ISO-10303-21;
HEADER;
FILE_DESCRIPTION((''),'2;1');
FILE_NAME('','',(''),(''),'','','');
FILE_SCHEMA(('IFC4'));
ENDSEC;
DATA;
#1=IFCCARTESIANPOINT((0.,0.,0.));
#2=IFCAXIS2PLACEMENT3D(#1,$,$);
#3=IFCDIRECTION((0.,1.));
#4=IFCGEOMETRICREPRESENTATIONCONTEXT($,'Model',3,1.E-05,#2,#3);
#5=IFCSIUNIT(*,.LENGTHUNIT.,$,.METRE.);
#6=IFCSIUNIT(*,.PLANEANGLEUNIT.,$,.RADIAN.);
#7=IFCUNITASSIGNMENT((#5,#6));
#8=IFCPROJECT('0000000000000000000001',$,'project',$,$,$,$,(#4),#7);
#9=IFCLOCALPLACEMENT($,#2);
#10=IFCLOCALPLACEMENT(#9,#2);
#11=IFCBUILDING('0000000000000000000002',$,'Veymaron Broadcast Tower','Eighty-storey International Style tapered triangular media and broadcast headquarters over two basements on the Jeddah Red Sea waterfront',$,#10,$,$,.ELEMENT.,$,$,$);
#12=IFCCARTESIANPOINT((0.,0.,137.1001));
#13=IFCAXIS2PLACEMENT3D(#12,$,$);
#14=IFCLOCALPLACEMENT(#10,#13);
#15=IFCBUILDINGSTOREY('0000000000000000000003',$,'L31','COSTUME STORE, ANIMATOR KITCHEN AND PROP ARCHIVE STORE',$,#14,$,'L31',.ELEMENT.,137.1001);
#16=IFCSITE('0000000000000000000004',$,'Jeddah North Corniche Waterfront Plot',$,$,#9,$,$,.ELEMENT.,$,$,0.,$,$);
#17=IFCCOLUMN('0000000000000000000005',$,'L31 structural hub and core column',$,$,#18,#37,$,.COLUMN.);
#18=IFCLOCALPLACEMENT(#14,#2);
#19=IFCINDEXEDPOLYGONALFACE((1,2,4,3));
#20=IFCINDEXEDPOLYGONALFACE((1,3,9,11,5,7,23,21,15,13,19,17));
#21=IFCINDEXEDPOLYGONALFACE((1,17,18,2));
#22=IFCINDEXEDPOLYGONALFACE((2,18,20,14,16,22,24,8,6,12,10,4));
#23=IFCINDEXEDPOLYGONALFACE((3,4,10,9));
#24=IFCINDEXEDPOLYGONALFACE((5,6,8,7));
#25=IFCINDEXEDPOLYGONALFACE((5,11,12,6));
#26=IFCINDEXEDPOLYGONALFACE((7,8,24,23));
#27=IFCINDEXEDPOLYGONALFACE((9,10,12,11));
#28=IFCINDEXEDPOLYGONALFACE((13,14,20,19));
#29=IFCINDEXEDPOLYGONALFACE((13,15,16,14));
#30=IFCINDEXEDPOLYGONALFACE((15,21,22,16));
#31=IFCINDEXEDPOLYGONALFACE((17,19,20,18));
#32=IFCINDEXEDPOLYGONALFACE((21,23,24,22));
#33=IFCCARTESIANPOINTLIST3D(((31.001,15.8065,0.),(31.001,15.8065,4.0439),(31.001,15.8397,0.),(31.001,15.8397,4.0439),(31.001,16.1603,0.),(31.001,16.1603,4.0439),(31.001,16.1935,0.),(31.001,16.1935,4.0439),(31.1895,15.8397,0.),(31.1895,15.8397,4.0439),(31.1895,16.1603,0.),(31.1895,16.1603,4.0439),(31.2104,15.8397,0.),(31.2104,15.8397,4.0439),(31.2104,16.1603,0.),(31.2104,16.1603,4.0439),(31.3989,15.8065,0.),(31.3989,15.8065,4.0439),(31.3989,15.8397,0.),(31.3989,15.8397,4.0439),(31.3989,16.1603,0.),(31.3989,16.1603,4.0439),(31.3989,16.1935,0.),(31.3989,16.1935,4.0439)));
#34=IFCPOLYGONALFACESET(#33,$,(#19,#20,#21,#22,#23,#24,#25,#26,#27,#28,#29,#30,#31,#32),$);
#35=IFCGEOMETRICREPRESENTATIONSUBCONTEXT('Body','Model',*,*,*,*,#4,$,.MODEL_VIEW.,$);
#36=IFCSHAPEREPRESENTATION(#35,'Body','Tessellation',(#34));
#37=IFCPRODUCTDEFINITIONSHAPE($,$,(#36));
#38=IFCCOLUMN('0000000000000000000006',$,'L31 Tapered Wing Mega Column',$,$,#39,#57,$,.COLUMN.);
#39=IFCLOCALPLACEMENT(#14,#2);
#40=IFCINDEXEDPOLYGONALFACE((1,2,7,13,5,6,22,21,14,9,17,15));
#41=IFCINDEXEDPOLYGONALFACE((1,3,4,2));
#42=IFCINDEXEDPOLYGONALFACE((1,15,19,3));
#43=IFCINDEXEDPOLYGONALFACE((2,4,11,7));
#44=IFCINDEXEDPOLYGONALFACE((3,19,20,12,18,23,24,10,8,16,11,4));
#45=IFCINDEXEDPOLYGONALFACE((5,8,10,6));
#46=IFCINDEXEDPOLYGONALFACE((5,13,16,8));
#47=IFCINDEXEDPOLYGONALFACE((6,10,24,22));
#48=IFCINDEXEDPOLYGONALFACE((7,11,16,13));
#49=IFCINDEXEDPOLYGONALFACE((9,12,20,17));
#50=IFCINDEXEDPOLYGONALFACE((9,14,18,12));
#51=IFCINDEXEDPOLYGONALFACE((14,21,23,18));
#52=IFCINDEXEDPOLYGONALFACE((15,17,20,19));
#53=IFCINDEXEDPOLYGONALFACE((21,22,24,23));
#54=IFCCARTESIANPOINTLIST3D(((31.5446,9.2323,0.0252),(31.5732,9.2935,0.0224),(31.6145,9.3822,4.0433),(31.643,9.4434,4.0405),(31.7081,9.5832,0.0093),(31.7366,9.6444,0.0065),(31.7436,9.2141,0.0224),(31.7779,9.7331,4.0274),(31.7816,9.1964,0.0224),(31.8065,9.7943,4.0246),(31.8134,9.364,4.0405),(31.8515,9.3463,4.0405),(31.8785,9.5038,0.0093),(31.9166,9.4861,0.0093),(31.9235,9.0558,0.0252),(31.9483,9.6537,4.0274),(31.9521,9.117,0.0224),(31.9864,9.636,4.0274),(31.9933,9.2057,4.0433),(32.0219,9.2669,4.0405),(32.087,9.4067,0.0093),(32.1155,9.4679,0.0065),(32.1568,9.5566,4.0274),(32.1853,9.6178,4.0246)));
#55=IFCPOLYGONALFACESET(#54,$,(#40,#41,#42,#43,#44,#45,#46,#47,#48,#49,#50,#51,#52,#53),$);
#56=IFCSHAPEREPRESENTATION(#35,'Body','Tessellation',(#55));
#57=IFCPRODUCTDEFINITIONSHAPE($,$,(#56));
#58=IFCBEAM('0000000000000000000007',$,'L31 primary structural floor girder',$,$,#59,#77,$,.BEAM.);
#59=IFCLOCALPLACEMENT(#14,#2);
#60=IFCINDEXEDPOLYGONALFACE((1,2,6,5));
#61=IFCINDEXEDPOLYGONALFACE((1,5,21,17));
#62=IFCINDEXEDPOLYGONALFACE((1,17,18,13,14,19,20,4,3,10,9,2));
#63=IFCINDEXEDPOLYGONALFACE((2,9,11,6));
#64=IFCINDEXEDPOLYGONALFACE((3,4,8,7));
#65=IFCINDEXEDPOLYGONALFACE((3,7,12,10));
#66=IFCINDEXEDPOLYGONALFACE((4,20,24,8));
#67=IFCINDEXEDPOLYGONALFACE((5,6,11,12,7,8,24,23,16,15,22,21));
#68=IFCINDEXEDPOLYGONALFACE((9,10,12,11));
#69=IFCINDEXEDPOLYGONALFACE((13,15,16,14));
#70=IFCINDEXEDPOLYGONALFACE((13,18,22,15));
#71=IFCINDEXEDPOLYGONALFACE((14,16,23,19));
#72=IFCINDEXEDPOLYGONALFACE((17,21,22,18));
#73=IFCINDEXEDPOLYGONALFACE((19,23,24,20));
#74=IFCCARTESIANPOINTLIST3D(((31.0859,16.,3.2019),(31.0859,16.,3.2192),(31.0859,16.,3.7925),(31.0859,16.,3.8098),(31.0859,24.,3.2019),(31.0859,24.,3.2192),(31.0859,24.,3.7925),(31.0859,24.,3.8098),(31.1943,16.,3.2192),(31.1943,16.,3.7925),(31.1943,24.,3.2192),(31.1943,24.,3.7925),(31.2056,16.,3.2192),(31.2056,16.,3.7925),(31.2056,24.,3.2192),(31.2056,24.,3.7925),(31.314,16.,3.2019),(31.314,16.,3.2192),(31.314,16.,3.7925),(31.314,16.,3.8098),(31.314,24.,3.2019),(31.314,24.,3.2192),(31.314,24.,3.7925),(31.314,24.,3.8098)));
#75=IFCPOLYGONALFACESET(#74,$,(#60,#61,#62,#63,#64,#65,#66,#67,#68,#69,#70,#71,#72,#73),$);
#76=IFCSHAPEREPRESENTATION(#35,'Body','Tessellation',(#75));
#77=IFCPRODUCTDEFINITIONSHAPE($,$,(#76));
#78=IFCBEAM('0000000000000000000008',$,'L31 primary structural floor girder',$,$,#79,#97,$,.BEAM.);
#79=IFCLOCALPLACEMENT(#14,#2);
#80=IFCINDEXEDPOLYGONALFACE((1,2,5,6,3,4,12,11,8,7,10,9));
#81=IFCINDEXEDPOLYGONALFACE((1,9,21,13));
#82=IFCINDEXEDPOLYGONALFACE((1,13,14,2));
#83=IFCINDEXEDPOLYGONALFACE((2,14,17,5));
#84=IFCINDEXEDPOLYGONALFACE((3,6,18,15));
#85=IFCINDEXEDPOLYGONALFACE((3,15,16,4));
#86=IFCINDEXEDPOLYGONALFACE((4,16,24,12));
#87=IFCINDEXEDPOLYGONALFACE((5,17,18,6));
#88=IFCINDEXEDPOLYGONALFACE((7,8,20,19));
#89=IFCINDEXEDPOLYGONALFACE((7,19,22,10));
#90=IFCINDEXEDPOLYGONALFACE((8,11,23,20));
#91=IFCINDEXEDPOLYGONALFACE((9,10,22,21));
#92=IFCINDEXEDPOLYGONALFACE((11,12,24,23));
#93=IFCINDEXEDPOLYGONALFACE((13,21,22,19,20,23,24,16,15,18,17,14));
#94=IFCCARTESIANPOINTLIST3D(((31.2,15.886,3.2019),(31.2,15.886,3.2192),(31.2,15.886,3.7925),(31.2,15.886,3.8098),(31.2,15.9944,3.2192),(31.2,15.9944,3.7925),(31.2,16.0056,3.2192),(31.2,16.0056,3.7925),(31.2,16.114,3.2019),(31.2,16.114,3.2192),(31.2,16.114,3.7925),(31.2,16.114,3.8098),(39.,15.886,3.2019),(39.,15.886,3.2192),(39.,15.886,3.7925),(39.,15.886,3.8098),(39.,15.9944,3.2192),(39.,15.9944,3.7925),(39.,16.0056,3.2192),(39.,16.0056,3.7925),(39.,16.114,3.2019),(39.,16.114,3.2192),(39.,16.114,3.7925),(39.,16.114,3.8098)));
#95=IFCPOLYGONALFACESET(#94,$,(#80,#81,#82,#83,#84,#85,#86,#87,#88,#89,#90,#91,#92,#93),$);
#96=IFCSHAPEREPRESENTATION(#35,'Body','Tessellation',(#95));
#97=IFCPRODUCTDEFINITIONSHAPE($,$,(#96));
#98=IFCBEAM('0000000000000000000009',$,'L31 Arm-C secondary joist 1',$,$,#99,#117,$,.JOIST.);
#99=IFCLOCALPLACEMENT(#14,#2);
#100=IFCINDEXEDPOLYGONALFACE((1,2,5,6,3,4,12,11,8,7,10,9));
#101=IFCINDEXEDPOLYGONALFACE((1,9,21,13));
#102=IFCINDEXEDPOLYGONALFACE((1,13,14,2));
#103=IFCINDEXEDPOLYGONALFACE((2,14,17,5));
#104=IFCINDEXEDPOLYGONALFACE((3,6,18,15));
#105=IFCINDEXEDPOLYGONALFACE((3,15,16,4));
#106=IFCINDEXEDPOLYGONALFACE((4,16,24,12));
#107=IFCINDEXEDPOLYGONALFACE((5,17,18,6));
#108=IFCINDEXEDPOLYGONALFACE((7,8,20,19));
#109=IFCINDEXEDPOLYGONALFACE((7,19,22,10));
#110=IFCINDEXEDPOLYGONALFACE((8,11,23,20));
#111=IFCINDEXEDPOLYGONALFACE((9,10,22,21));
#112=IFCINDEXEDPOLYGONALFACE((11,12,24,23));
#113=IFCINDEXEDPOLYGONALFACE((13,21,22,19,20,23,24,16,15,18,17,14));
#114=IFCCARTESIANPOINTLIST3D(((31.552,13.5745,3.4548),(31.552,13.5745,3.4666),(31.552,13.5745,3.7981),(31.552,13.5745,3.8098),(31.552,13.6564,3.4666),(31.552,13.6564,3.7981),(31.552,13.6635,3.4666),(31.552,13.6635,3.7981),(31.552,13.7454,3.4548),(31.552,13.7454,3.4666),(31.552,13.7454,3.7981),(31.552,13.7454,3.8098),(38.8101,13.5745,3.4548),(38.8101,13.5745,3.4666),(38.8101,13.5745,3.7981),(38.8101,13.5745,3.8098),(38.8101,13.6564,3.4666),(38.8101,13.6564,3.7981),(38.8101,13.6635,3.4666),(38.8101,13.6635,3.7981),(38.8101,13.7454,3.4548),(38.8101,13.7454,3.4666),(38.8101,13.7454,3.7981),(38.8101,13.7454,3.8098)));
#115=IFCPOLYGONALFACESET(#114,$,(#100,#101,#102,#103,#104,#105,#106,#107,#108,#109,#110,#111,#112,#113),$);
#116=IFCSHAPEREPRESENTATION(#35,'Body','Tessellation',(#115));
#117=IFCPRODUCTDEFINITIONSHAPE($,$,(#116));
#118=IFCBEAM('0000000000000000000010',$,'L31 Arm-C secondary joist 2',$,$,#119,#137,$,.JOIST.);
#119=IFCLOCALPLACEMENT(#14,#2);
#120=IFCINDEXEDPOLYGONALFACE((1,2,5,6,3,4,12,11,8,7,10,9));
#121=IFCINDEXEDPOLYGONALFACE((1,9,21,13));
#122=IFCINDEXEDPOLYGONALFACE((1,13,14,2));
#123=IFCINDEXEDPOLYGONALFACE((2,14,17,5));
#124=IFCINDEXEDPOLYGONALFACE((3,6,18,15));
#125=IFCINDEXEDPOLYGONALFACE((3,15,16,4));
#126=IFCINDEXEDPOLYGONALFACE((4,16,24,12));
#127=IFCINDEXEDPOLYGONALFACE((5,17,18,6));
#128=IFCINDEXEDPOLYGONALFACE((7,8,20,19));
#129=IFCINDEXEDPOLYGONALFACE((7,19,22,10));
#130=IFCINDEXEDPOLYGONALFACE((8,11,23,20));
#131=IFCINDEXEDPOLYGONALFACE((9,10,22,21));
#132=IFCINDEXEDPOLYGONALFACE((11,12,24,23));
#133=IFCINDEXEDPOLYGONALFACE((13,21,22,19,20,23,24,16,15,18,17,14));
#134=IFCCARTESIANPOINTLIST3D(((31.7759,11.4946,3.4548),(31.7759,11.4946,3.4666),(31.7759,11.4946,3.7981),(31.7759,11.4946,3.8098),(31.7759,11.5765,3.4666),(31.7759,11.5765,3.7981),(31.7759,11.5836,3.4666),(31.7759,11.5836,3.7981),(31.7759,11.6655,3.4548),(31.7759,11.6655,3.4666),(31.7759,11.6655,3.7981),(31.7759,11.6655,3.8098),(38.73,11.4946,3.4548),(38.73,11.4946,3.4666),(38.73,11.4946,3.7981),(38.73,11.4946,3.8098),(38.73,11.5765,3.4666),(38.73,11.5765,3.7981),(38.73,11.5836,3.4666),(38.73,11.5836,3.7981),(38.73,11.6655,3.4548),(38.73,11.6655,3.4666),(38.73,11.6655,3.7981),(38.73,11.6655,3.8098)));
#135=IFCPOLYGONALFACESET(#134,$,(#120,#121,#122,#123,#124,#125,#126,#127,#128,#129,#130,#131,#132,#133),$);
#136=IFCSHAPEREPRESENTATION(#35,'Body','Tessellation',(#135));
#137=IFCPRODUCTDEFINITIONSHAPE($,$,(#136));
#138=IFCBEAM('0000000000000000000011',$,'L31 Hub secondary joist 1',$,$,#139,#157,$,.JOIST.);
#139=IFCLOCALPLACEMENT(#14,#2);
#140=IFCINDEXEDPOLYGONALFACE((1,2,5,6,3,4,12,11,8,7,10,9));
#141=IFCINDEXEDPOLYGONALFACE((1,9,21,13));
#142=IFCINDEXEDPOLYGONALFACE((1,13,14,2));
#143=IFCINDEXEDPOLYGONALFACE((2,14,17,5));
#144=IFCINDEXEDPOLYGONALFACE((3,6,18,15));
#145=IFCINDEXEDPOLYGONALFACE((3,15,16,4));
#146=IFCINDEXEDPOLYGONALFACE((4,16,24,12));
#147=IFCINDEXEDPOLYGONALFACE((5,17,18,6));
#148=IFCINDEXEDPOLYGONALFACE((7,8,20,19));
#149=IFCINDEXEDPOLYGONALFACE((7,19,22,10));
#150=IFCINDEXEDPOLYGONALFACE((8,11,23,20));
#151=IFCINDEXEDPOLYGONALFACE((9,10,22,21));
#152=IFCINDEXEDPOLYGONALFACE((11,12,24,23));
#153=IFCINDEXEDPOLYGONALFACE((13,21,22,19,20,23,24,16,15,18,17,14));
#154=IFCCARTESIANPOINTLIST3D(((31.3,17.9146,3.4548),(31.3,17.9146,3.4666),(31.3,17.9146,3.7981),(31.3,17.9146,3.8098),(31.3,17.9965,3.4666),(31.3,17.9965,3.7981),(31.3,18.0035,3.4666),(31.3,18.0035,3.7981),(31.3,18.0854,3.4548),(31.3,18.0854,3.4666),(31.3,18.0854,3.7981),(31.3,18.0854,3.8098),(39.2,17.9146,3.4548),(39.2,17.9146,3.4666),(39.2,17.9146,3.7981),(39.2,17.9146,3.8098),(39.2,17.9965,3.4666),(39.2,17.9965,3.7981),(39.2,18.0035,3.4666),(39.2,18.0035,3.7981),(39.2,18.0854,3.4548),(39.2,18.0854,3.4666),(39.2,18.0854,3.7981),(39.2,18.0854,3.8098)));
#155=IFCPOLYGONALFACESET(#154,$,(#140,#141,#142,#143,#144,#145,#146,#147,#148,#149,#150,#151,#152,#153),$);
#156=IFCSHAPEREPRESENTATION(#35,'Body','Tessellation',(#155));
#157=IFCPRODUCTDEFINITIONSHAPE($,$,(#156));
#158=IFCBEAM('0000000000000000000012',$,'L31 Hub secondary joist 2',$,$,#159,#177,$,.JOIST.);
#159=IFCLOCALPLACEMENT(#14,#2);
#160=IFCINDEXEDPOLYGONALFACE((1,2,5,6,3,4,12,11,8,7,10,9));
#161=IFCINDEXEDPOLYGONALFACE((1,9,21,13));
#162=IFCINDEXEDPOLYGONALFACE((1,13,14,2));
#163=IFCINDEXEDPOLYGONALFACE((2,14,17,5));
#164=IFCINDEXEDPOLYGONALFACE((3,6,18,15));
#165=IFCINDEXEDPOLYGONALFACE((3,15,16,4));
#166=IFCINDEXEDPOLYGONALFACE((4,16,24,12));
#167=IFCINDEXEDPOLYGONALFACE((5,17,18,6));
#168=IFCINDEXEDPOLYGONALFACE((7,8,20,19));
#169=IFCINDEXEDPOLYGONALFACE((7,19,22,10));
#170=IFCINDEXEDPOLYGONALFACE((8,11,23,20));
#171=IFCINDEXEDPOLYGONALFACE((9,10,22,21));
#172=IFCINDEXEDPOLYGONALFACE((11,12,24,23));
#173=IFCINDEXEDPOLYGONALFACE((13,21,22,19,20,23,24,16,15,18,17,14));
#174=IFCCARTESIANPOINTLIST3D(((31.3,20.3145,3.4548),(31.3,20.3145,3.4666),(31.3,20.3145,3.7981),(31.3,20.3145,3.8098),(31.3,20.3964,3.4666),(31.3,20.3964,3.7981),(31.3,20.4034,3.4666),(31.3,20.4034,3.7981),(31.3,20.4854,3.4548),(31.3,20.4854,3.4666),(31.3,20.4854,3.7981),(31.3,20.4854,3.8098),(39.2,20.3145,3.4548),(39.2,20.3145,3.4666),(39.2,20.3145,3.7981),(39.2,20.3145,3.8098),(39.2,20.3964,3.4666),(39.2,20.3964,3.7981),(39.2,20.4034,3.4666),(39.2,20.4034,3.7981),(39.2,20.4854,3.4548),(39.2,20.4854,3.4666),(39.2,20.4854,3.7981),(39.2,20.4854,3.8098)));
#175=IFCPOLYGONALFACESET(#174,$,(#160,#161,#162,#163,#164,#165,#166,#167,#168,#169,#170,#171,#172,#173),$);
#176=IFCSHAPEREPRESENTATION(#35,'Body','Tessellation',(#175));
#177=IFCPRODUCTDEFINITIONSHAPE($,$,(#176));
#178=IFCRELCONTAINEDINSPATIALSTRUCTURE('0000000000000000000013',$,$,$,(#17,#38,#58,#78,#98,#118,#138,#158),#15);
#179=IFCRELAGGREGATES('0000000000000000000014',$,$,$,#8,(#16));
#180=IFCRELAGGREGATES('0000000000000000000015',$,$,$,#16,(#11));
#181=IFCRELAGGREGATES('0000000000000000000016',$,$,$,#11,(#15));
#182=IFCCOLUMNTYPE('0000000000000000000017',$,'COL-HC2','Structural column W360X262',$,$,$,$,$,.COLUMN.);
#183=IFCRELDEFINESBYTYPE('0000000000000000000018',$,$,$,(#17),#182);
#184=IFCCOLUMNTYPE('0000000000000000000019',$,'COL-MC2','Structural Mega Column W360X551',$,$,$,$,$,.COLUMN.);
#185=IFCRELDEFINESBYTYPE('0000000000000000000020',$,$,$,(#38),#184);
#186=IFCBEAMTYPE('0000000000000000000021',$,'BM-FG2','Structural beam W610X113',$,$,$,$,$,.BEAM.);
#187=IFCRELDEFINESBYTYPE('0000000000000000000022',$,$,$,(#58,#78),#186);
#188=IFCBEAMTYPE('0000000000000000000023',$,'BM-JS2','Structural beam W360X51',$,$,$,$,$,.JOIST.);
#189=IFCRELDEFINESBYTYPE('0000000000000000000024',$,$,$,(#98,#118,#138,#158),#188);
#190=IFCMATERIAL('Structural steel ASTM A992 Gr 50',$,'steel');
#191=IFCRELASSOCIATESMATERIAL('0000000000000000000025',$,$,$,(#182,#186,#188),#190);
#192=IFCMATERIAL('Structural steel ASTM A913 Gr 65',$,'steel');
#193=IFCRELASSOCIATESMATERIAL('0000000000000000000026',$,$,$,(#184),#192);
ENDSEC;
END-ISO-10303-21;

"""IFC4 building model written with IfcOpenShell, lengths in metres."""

from ifc_helpers import new_model, si_unit, direction, frame, origin, origin_2d, place, context, subcontext, project, spatial, i_section, extrude, material, material_profile, profile_set, type_object, element, save


model = new_model("IFC4")

# Units and contexts
model_context = context("Model", 3, precision=1e-05, world=origin(), true_north=direction((0.0, 1.0)))
body_context = subcontext(model_context, "Body", "Model", "MODEL_VIEW")
ifc_project = project(units=[si_unit("LENGTHUNIT", "METRE"), si_unit("PLANEANGLEUNIT", "RADIAN")], contexts=[model_context])

# Site, building, storey
site_placement = place(None, origin())
site = spatial("IfcSite", under=ifc_project, at=site_placement, Name="Jeddah North Corniche Waterfront Plot", CompositionType="ELEMENT", RefElevation=0.0)
building_placement = place(site_placement, origin())
building = spatial("IfcBuilding", under=site, at=building_placement, Name="Veymaron Broadcast Tower", Description="Eighty-storey International Style tapered triangular media and broadcast headquarters over two basements on the Jeddah Red Sea waterfront", CompositionType="ELEMENT")
storey_placement = place(building_placement, frame((0.0, 0.0, 137.1001)))
storey = spatial("IfcBuildingStorey", under=building, at=storey_placement, Name="L31", Description="COSTUME STORE, ANIMATOR KITCHEN AND PROP ARCHIVE STORE", LongName="L31", CompositionType="ELEMENT", Elevation=137.1001)

# Columns
ifc_material_1 = material(Name="Structural steel ASTM A992 Gr 50", Category="steel")
ifc_material_profile_1 = material_profile(ifc_material_1, i_section(OverallWidth=0.3979, OverallDepth=0.387, WebThickness=0.021, FlangeThickness=0.0332, at=origin_2d()), Name="W360X262")
ifc_profile_set_1 = profile_set([ifc_material_profile_1], Name="Structural steel ASTM A992 Gr 50")
column_type_1 = type_object("IfcColumnType", Name="COL-HC2", Description="Structural column W360X262", PredefinedType="COLUMN", material=ifc_profile_set_1)
column_1_placement = place(storey_placement, frame((31.2, 16.0, 0.0), z_axis=(0.0, 0.0, 1.0), x_axis=(1.0, 0.0, 0.0)))
element("IfcColumn", 1, at=column_1_placement, inside=storey, type_object=column_type_1, Name="L31 structural hub and core column", PredefinedType="COLUMN", context=body_context, shape_type="SweptSolid", body=[
    extrude(i_section(OverallWidth=0.3979, OverallDepth=0.387, WebThickness=0.021, FlangeThickness=0.0332, at=origin_2d()), origin(), (0.0, 0.0, 1.0), 4.0439),
])
ifc_material_2 = material(Name="Structural steel ASTM A913 Gr 65", Category="steel")
ifc_material_profile_2 = material_profile(ifc_material_2, i_section(OverallWidth=0.418, OverallDepth=0.4551, WebThickness=0.042, FlangeThickness=0.0676, at=origin_2d()), Name="W360X551")
ifc_profile_set_2 = profile_set([ifc_material_profile_2], Name="Structural steel ASTM A913 Gr 65")
column_type_2 = type_object("IfcColumnType", Name="COL-MC2", Description="Structural Mega Column W360X551", PredefinedType="COLUMN", material=ifc_profile_set_2)
column_2_placement = place(storey_placement, frame((31.8301, 9.3501, 0.0159), z_axis=(0.017363, 0.037276, 0.999154), x_axis=(-0.906485, 0.422239, 0.0)))
element("IfcColumn", 2, at=column_2_placement, inside=storey, type_object=column_type_2, Name="L31 Tapered Wing Mega Column", PredefinedType="COLUMN", context=body_context, shape_type="SweptSolid", body=[
    extrude(i_section(OverallWidth=0.418, OverallDepth=0.4551, WebThickness=0.042, FlangeThickness=0.0676, at=origin_2d()), origin(), (0.0, 0.0, 1.0), 4.0215),
])

# Beams
ifc_material_profile_3 = material_profile(ifc_material_1, i_section(OverallWidth=0.228, OverallDepth=0.6079, WebThickness=0.0112, FlangeThickness=0.0173, at=origin_2d()), Name="W610X113")
ifc_profile_set_3 = profile_set([ifc_material_profile_3], Name="Structural steel ASTM A992 Gr 50")
beam_type_1 = type_object("IfcBeamType", Name="BM-FG2", Description="Structural beam W610X113", PredefinedType="BEAM", material=ifc_profile_set_3)
beam_1_placement = place(storey_placement, frame((31.2, 16.0, 3.5059), z_axis=(0.0, 1.0, 0.0), x_axis=(-1.0, 0.0, 0.0)))
element("IfcBeam", 3, at=beam_1_placement, inside=storey, type_object=beam_type_1, Name="L31 primary structural floor girder", PredefinedType="BEAM", context=body_context, shape_type="SweptSolid", body=[
    extrude(i_section(OverallWidth=0.228, OverallDepth=0.6079, WebThickness=0.0112, FlangeThickness=0.0173, at=origin_2d()), origin(), (0.0, 0.0, 1.0), 8.0),
])
beam_2_placement = place(storey_placement, frame((31.2, 16.0, 3.5059), z_axis=(1.0, 0.0, 0.0), x_axis=(0.0, 1.0, 0.0)))
element("IfcBeam", 4, at=beam_2_placement, inside=storey, type_object=beam_type_1, Name="L31 primary structural floor girder", PredefinedType="BEAM", context=body_context, shape_type="SweptSolid", body=[
    extrude(i_section(OverallWidth=0.228, OverallDepth=0.6079, WebThickness=0.0112, FlangeThickness=0.0173, at=origin_2d()), origin(), (0.0, 0.0, 1.0), 7.8),
])
ifc_material_profile_4 = material_profile(ifc_material_1, i_section(OverallWidth=0.1709, OverallDepth=0.355, WebThickness=0.0071, FlangeThickness=0.0117, at=origin_2d()), Name="W360X51")
ifc_profile_set_4 = profile_set([ifc_material_profile_4], Name="Structural steel ASTM A992 Gr 50")
beam_type_2 = type_object("IfcBeamType", Name="BM-JS2", Description="Structural beam W360X51", PredefinedType="JOIST", material=ifc_profile_set_4)
beam_3_placement = place(storey_placement, frame((31.552, 13.6599, 3.6323), z_axis=(1.0, 0.0, 0.0), x_axis=(0.0, 1.0, 0.0)))
element("IfcBeam", 5, at=beam_3_placement, inside=storey, type_object=beam_type_2, Name="L31 Arm-C secondary joist 1", PredefinedType="JOIST", context=body_context, shape_type="SweptSolid", body=[
    extrude(i_section(OverallWidth=0.1709, OverallDepth=0.355, WebThickness=0.0071, FlangeThickness=0.0117, at=origin_2d()), origin(), (0.0, 0.0, 1.0), 7.2581),
])
beam_4_placement = place(storey_placement, frame((31.7759, 11.5801, 3.6323), z_axis=(1.0, 0.0, 0.0), x_axis=(0.0, 1.0, 0.0)))
element("IfcBeam", 6, at=beam_4_placement, inside=storey, type_object=beam_type_2, Name="L31 Arm-C secondary joist 2", PredefinedType="JOIST", context=body_context, shape_type="SweptSolid", body=[
    extrude(i_section(OverallWidth=0.1709, OverallDepth=0.355, WebThickness=0.0071, FlangeThickness=0.0117, at=origin_2d()), origin(), (0.0, 0.0, 1.0), 6.9541),
])
for number, where, z_axis, x_axis, name in (
    (7, (31.3, 18.0, 3.6323), (1.0, 0.0, 0.0), (0.0, 1.0, 0.0), "L31 Hub secondary joist 1"),
    (8, (31.3, 20.3999, 3.6323), (1.0, 0.0, 0.0), (0.0, 1.0, 0.0), "L31 Hub secondary joist 2"),
):
    element("IfcBeam", number, at=place(storey_placement, frame(where, z_axis=z_axis, x_axis=x_axis)), inside=storey, type_object=beam_type_2, Name=name, PredefinedType="JOIST", context=body_context, shape_type="SweptSolid", body=[
        extrude(i_section(OverallWidth=0.1709, OverallDepth=0.355, WebThickness=0.0071, FlangeThickness=0.0117, at=origin_2d()), origin(), (0.0, 0.0, 1.0), 7.8999),
    ])

save(model, "model.ifc")
